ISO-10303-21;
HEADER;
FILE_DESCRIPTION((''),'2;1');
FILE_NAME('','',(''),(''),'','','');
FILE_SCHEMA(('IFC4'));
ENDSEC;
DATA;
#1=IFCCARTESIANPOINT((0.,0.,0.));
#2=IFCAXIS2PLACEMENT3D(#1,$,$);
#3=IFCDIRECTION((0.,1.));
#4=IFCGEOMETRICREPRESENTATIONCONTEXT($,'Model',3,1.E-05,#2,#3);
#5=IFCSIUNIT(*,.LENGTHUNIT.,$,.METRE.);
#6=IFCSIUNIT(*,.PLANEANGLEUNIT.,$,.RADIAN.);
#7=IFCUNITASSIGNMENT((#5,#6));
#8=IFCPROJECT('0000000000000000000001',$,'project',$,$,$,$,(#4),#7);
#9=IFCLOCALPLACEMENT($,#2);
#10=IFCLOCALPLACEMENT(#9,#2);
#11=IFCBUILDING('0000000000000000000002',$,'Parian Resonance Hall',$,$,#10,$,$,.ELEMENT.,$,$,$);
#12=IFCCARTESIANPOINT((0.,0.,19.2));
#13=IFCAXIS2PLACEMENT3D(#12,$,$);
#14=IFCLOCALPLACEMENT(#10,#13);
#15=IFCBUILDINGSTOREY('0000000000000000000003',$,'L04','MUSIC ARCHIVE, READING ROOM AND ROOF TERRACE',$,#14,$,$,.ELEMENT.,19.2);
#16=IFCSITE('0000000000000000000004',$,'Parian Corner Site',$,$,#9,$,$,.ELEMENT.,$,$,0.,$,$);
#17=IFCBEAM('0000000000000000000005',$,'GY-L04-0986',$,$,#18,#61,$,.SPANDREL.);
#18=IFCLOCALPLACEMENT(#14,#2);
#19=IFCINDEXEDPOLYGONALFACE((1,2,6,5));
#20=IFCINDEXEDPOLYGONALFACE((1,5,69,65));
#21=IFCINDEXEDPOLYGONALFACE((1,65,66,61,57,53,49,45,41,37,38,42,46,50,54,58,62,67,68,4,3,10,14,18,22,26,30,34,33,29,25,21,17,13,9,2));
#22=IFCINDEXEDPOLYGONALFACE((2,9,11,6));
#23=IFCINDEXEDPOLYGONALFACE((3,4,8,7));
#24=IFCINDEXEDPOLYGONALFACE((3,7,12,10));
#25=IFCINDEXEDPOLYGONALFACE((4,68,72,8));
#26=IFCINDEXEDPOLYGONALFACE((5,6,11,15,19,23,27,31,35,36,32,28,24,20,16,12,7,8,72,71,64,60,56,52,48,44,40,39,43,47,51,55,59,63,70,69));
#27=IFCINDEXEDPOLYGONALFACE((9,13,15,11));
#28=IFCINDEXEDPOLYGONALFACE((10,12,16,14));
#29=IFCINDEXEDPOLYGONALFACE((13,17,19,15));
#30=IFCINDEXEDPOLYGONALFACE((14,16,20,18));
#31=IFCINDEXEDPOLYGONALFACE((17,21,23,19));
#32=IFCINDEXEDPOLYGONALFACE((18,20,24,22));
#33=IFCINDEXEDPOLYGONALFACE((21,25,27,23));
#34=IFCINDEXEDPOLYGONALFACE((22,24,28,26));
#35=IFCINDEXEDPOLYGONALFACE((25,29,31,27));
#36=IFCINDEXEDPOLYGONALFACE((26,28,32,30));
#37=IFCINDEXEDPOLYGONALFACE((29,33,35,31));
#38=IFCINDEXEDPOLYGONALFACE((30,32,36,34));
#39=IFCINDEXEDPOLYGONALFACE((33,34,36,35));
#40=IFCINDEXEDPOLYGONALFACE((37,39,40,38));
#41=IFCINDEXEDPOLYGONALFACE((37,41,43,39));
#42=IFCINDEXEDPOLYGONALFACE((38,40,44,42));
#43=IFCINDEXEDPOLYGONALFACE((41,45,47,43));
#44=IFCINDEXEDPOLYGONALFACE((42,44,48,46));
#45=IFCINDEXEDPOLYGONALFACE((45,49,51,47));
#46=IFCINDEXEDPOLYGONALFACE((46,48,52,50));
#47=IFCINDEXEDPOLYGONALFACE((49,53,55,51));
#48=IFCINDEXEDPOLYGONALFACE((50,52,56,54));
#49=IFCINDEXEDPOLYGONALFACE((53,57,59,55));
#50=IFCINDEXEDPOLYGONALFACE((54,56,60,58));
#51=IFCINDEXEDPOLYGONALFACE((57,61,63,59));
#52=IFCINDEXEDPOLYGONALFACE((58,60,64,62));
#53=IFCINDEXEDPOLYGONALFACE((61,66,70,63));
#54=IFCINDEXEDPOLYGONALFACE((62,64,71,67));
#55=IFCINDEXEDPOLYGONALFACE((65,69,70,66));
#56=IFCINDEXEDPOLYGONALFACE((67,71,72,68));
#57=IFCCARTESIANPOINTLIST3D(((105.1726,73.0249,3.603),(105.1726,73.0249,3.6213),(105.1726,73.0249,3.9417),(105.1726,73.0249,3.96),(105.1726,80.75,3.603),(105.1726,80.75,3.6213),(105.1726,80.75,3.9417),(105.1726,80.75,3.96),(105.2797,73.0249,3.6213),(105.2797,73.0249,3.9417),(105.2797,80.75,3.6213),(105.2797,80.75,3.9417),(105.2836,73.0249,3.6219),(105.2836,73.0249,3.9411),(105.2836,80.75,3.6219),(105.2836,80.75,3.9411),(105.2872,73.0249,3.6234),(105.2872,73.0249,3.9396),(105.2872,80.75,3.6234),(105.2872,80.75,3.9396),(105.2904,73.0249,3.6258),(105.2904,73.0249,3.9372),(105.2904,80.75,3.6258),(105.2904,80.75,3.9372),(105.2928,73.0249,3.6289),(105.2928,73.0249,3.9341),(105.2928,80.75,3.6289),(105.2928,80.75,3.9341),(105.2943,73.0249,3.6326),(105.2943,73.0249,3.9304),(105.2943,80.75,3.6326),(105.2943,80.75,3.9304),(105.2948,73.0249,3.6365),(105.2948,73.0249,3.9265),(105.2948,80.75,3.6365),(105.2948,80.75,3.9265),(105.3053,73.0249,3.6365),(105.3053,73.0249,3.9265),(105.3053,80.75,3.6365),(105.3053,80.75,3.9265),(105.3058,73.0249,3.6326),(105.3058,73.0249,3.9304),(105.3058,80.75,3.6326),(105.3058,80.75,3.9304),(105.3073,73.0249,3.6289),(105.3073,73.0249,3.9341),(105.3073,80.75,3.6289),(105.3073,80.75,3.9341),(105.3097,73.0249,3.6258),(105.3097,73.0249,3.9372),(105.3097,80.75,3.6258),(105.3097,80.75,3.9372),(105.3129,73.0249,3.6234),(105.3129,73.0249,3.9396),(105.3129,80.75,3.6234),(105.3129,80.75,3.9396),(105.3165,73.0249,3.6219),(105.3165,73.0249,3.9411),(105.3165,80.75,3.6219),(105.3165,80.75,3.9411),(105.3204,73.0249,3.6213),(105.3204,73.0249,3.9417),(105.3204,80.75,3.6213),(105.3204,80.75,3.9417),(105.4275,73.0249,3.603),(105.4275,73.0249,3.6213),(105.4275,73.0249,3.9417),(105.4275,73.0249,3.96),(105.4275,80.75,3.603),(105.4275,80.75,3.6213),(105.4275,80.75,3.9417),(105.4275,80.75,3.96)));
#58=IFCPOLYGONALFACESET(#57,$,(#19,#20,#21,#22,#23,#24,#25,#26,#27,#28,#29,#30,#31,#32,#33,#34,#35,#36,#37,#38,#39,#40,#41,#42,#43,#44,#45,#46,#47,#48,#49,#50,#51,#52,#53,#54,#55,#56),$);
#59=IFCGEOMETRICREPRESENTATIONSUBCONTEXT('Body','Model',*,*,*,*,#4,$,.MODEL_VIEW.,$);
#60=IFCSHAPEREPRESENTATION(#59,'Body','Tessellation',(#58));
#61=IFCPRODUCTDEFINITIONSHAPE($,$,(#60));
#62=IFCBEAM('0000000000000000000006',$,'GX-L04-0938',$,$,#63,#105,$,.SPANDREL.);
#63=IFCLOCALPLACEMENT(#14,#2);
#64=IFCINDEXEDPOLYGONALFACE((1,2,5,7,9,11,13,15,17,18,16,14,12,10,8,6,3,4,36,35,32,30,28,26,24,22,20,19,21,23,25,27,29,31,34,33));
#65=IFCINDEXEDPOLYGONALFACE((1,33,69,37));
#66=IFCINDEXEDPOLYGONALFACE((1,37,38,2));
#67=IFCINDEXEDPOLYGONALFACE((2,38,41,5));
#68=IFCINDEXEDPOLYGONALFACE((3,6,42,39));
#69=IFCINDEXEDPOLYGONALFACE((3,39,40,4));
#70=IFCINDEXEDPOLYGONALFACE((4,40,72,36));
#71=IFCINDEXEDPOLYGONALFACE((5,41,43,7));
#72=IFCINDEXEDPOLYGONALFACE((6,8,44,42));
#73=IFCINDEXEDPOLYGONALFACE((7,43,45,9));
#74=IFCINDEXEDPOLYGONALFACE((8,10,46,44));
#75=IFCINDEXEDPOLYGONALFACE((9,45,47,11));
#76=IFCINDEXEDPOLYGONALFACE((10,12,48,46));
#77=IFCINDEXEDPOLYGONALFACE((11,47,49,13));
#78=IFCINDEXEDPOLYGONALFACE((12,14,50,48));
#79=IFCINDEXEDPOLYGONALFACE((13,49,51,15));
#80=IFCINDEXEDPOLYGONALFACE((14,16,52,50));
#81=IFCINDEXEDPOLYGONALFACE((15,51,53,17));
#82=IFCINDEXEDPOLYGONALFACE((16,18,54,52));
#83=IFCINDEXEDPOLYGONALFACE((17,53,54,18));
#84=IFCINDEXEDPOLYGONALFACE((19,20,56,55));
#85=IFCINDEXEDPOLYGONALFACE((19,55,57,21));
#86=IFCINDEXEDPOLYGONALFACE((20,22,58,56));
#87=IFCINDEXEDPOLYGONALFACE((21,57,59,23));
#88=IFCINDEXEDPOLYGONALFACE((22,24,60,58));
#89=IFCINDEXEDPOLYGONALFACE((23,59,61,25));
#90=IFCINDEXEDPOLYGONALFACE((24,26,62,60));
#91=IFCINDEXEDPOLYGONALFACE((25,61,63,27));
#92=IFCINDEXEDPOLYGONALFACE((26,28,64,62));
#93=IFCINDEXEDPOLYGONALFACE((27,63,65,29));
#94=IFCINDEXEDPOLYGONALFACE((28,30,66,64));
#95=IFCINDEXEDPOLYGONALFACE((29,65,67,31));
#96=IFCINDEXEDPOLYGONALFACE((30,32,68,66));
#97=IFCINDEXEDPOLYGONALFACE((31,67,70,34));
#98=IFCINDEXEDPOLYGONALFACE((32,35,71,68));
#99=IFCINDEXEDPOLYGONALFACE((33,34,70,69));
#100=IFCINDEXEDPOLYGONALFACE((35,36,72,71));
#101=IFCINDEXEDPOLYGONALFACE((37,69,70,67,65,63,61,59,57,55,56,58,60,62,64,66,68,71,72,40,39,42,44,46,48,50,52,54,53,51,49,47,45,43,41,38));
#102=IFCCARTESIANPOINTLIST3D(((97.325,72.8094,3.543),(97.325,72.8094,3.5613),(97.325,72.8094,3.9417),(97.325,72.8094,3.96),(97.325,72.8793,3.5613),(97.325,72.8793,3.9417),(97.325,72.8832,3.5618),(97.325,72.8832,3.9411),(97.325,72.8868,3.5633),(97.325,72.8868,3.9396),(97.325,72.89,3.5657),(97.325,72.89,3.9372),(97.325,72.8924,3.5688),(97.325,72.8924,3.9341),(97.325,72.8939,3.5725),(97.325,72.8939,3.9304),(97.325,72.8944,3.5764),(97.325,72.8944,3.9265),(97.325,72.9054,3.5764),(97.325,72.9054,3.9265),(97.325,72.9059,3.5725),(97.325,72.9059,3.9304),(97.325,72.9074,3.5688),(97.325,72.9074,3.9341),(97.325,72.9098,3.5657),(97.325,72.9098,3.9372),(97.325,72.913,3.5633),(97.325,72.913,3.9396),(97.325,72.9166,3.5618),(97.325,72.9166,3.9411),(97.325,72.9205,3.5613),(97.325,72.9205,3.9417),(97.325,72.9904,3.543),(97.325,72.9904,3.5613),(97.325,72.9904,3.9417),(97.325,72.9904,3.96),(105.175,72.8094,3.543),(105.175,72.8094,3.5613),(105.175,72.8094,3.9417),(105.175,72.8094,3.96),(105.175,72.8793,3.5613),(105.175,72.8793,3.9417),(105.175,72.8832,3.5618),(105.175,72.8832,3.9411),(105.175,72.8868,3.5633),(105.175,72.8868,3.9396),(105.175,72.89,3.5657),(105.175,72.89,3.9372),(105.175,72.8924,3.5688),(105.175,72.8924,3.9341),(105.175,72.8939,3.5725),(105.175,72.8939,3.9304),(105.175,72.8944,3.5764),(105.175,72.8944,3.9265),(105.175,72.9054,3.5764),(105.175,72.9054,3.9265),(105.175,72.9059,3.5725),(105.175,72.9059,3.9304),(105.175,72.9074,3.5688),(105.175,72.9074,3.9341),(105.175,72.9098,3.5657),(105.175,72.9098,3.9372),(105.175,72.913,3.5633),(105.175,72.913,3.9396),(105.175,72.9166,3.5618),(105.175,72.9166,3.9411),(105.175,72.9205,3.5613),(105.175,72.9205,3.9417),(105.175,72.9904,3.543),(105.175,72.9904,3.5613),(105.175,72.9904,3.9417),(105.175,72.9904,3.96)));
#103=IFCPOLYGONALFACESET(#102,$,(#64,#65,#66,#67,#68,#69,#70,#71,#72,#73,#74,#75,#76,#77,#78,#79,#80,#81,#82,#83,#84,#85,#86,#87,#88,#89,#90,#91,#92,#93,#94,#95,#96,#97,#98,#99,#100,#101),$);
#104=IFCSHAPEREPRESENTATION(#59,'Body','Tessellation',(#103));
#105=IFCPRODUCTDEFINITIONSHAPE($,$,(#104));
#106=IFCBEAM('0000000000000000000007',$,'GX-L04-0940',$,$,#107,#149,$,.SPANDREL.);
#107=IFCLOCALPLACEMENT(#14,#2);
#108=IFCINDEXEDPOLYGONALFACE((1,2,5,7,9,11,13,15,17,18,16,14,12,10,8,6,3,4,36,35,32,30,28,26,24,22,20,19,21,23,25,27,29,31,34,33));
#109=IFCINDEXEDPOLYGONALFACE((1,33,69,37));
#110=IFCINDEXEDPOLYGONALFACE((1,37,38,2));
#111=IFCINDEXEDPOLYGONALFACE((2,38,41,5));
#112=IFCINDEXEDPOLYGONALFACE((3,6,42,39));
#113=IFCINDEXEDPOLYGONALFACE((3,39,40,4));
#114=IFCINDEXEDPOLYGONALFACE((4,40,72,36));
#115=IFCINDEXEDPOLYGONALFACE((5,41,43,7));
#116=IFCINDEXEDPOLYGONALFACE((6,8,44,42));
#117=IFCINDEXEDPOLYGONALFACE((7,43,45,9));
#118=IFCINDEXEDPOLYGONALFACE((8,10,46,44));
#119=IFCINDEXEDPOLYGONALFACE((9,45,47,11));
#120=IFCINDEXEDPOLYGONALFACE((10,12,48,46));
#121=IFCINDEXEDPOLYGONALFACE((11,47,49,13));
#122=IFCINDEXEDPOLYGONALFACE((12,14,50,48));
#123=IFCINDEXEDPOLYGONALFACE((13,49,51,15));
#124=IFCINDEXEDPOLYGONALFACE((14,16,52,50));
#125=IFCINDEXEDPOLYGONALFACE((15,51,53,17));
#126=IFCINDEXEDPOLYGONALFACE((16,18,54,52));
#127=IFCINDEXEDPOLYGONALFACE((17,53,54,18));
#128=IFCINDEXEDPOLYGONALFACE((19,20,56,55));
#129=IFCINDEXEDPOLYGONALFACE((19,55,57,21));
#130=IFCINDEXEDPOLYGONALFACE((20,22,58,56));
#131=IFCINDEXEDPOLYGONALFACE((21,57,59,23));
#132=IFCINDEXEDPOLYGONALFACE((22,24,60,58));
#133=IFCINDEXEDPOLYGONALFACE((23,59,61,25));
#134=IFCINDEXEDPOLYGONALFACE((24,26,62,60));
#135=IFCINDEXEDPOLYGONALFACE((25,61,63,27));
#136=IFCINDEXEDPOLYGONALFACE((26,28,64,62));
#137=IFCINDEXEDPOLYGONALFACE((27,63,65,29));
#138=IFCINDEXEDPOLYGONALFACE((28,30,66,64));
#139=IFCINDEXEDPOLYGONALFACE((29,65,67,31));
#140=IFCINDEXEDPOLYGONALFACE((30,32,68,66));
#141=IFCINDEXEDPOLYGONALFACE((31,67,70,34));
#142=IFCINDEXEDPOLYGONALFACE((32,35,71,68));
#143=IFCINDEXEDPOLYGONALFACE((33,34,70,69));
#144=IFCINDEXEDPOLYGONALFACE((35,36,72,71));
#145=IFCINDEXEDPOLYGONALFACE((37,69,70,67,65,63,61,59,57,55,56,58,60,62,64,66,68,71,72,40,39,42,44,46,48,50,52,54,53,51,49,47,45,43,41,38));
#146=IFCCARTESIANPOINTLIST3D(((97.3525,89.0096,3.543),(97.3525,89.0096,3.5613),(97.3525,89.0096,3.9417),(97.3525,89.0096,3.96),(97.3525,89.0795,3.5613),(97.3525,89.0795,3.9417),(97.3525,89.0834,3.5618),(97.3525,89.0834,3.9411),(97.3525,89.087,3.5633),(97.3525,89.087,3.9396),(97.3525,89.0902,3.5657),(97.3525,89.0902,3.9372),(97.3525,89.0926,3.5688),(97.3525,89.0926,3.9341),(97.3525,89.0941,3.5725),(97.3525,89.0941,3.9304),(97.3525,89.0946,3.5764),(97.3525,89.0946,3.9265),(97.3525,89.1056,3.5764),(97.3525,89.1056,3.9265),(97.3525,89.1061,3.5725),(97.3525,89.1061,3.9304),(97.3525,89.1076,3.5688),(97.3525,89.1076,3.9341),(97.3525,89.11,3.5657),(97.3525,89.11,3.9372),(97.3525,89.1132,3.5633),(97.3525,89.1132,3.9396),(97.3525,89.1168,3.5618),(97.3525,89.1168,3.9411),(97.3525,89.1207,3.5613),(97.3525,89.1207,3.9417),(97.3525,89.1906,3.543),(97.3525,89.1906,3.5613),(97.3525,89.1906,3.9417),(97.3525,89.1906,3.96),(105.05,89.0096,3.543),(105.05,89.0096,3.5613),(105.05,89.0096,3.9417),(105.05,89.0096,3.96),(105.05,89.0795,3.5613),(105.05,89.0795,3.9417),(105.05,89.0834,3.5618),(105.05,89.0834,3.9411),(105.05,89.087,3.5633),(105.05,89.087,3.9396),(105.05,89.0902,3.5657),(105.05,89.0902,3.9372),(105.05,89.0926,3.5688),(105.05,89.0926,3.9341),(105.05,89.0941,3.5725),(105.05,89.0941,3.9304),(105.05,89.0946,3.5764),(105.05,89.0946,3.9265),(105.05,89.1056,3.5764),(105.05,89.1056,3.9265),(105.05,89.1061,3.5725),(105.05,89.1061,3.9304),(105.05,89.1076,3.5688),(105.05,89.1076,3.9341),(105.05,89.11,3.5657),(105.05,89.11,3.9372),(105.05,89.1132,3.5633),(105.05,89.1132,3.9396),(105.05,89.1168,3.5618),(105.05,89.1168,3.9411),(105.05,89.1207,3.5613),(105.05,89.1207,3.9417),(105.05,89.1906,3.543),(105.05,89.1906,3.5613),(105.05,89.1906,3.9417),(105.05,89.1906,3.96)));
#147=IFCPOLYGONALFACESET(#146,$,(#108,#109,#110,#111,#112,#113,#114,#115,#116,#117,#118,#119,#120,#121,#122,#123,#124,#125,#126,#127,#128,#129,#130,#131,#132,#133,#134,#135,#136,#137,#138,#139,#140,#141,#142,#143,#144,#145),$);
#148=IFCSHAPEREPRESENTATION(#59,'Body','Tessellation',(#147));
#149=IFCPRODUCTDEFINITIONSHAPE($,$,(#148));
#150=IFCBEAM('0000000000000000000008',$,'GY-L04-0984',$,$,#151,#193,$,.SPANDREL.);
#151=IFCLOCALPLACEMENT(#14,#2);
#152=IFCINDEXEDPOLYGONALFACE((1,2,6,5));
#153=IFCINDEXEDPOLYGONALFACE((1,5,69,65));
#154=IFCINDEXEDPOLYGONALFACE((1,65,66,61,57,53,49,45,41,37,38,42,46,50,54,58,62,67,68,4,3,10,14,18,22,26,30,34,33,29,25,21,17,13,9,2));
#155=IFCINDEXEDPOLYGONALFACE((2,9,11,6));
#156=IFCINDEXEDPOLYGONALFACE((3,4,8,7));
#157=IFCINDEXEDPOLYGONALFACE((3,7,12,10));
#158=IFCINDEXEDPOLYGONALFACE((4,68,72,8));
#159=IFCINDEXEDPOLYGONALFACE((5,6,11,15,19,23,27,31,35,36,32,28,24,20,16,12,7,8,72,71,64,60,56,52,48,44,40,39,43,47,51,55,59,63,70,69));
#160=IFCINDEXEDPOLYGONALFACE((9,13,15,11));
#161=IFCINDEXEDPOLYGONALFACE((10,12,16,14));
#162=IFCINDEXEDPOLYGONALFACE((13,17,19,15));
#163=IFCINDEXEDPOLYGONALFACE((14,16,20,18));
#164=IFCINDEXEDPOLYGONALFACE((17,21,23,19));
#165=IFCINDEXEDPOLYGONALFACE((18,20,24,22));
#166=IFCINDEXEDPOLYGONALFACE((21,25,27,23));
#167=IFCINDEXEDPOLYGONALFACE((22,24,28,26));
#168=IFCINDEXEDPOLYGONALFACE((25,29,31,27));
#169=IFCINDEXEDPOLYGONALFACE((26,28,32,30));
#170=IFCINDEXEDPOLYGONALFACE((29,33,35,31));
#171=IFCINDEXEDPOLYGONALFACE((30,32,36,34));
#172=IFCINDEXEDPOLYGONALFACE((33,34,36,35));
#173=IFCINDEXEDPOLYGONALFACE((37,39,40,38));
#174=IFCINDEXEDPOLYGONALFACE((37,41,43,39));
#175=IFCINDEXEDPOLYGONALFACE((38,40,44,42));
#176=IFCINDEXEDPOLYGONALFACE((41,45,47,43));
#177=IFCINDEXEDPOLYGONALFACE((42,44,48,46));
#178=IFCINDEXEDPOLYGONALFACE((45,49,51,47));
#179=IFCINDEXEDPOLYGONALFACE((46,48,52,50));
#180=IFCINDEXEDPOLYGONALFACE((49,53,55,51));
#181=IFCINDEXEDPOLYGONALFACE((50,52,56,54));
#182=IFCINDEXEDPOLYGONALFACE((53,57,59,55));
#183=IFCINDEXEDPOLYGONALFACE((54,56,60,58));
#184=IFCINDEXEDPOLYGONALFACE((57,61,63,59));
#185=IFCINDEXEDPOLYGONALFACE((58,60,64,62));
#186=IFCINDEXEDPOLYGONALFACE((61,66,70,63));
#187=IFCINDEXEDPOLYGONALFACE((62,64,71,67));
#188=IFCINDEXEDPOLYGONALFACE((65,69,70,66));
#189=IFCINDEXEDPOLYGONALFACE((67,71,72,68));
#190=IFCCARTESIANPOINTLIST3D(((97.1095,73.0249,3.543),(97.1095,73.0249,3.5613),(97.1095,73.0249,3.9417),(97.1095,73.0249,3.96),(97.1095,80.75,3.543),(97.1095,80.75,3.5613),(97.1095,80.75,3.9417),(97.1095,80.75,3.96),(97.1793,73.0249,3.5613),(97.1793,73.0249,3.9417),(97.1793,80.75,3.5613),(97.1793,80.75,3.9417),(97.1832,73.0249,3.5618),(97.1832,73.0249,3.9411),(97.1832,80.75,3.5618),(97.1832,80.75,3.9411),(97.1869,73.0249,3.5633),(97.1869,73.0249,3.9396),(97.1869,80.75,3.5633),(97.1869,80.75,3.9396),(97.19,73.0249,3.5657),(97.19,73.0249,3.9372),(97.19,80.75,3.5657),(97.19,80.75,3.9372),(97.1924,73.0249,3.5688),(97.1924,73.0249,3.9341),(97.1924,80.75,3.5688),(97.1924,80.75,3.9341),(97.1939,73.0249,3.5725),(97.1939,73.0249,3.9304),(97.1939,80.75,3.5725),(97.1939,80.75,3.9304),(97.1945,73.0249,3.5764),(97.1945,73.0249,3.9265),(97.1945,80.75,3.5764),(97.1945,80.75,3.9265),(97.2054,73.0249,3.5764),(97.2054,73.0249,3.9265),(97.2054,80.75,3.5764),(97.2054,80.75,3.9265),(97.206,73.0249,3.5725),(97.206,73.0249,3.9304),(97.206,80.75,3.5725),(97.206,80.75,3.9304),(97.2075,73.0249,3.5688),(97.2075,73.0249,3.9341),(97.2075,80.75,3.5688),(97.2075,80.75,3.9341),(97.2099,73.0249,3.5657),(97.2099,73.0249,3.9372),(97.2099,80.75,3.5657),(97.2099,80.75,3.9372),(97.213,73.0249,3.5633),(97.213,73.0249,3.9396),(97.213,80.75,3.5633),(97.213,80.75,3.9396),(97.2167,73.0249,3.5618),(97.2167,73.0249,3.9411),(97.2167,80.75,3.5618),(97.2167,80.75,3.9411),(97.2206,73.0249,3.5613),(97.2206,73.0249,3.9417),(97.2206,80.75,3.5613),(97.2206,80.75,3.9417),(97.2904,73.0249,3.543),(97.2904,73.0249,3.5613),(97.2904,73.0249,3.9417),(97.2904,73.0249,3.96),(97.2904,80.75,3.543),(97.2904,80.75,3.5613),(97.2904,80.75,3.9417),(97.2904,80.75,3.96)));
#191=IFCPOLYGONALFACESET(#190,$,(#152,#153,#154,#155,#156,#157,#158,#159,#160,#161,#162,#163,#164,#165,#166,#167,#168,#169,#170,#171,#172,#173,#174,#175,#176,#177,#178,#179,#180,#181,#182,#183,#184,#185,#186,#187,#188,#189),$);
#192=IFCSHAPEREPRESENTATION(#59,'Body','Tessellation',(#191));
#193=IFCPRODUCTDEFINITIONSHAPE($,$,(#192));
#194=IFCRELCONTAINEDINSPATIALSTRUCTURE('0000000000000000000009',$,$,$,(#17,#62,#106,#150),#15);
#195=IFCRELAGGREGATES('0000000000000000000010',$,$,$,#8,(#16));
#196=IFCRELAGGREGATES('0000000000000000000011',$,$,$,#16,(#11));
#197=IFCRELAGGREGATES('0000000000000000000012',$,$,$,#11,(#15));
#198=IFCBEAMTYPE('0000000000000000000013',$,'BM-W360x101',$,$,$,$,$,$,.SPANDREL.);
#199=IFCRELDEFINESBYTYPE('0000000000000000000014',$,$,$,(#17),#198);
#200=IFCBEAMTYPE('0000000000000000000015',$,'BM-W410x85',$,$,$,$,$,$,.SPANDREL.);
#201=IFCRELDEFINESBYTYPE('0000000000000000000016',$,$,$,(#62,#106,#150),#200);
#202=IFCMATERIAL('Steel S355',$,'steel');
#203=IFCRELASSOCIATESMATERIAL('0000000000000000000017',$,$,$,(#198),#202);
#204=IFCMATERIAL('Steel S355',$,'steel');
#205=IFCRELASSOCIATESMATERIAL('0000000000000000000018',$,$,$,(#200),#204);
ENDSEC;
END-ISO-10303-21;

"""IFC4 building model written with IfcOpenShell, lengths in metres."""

from ifc_helpers import new_model, si_unit, direction, frame, origin, origin_2d, place, context, subcontext, project, spatial, i_section, extrude, material, material_profile, profile_set, type_object, element, save


model = new_model("IFC4")

# Units and contexts
model_context = context("Model", 3, precision=1e-05, world=origin(), true_north=direction((0.0, 1.0)))
body_context = subcontext(model_context, "Body", "Model", "MODEL_VIEW")
ifc_project = project(units=[si_unit("LENGTHUNIT", "METRE"), si_unit("PLANEANGLEUNIT", "RADIAN")], contexts=[model_context])

# Site, building, storey
site_placement = place(None, origin())
site = spatial("IfcSite", under=ifc_project, at=site_placement, Name="Parian Corner Site", CompositionType="ELEMENT", RefElevation=0.0)
building_placement = place(site_placement, origin())
building = spatial("IfcBuilding", under=site, at=building_placement, Name="Parian Resonance Hall", CompositionType="ELEMENT")
storey_placement = place(building_placement, frame((0.0, 0.0, 19.2)))
storey = spatial("IfcBuildingStorey", under=building, at=storey_placement, Name="L04", Description="MUSIC ARCHIVE, READING ROOM AND ROOF TERRACE", CompositionType="ELEMENT", Elevation=19.2)

# Beams
ifc_material_1 = material(Name="Steel S355", Category="steel")
ifc_material_profile_1 = material_profile(ifc_material_1, i_section(OverallWidth=0.2549, OverallDepth=0.3569, WebThickness=0.0105, FlangeThickness=0.0183, FilletRadius=0.0151, at=origin_2d()), Name="W360x101")
ifc_profile_set_1 = profile_set([ifc_material_profile_1], Name="Steel S355")
beam_type_1 = type_object("IfcBeamType", Name="BM-W360x101", PredefinedType="SPANDREL", material=ifc_profile_set_1)
beam_1_placement = place(storey_placement, frame((105.3, 73.0249, 3.7815), z_axis=(0.0, 1.0, 0.0), x_axis=(-1.0, 0.0, 0.0)))
element("IfcBeam", 1, at=beam_1_placement, inside=storey, type_object=beam_type_1, Name="GY-L04-0986", PredefinedType="SPANDREL", context=body_context, shape_type="SweptSolid", body=[
    extrude(i_section(OverallWidth=0.2549, OverallDepth=0.3569, WebThickness=0.0105, FlangeThickness=0.0183, FilletRadius=0.0151, at=origin_2d()), origin(), (0.0, 0.0, 1.0), 7.7251),
])
ifc_material_2 = material(Name="Steel S355", Category="steel")
ifc_material_profile_2 = material_profile(ifc_material_2, i_section(OverallWidth=0.1809, OverallDepth=0.417, WebThickness=0.011, FlangeThickness=0.0183, FilletRadius=0.0151, at=origin_2d()), Name="W410x85")
ifc_profile_set_2 = profile_set([ifc_material_profile_2], Name="Steel S355")
beam_type_2 = type_object("IfcBeamType", Name="BM-W410x85", PredefinedType="SPANDREL", material=ifc_profile_set_2)
beam_2_placement = place(storey_placement, frame((97.325, 72.8999, 3.7515), z_axis=(1.0, 0.0, 0.0), x_axis=(0.0, 1.0, 0.0)))
element("IfcBeam", 2, at=beam_2_placement, inside=storey, type_object=beam_type_2, Name="GX-L04-0938", PredefinedType="SPANDREL", context=body_context, shape_type="SweptSolid", body=[
    extrude(i_section(OverallWidth=0.1809, OverallDepth=0.417, WebThickness=0.011, FlangeThickness=0.0183, FilletRadius=0.0151, at=origin_2d()), origin(), (0.0, 0.0, 1.0), 7.8501),
])
beam_3_placement = place(storey_placement, frame((97.3525, 89.1001, 3.7515), z_axis=(1.0, 0.0, 0.0), x_axis=(0.0, 1.0, 0.0)))
element("IfcBeam", 3, at=beam_3_placement, inside=storey, type_object=beam_type_2, Name="GX-L04-0940", PredefinedType="SPANDREL", context=body_context, shape_type="SweptSolid", body=[
    extrude(i_section(OverallWidth=0.1809, OverallDepth=0.417, WebThickness=0.011, FlangeThickness=0.0183, FilletRadius=0.0151, at=origin_2d()), origin(), (0.0, 0.0, 1.0), 7.6975),
])
beam_4_placement = place(storey_placement, frame((97.2, 73.0249, 3.7515), z_axis=(0.0, 1.0, 0.0), x_axis=(-1.0, 0.0, 0.0)))
element("IfcBeam", 4, at=beam_4_placement, inside=storey, type_object=beam_type_2, Name="GY-L04-0984", PredefinedType="SPANDREL", context=body_context, shape_type="SweptSolid", body=[
    extrude(i_section(OverallWidth=0.1809, OverallDepth=0.417, WebThickness=0.011, FlangeThickness=0.0183, FilletRadius=0.0151, at=origin_2d()), origin(), (0.0, 0.0, 1.0), 7.7251),
])

save(model, "model.ifc")
